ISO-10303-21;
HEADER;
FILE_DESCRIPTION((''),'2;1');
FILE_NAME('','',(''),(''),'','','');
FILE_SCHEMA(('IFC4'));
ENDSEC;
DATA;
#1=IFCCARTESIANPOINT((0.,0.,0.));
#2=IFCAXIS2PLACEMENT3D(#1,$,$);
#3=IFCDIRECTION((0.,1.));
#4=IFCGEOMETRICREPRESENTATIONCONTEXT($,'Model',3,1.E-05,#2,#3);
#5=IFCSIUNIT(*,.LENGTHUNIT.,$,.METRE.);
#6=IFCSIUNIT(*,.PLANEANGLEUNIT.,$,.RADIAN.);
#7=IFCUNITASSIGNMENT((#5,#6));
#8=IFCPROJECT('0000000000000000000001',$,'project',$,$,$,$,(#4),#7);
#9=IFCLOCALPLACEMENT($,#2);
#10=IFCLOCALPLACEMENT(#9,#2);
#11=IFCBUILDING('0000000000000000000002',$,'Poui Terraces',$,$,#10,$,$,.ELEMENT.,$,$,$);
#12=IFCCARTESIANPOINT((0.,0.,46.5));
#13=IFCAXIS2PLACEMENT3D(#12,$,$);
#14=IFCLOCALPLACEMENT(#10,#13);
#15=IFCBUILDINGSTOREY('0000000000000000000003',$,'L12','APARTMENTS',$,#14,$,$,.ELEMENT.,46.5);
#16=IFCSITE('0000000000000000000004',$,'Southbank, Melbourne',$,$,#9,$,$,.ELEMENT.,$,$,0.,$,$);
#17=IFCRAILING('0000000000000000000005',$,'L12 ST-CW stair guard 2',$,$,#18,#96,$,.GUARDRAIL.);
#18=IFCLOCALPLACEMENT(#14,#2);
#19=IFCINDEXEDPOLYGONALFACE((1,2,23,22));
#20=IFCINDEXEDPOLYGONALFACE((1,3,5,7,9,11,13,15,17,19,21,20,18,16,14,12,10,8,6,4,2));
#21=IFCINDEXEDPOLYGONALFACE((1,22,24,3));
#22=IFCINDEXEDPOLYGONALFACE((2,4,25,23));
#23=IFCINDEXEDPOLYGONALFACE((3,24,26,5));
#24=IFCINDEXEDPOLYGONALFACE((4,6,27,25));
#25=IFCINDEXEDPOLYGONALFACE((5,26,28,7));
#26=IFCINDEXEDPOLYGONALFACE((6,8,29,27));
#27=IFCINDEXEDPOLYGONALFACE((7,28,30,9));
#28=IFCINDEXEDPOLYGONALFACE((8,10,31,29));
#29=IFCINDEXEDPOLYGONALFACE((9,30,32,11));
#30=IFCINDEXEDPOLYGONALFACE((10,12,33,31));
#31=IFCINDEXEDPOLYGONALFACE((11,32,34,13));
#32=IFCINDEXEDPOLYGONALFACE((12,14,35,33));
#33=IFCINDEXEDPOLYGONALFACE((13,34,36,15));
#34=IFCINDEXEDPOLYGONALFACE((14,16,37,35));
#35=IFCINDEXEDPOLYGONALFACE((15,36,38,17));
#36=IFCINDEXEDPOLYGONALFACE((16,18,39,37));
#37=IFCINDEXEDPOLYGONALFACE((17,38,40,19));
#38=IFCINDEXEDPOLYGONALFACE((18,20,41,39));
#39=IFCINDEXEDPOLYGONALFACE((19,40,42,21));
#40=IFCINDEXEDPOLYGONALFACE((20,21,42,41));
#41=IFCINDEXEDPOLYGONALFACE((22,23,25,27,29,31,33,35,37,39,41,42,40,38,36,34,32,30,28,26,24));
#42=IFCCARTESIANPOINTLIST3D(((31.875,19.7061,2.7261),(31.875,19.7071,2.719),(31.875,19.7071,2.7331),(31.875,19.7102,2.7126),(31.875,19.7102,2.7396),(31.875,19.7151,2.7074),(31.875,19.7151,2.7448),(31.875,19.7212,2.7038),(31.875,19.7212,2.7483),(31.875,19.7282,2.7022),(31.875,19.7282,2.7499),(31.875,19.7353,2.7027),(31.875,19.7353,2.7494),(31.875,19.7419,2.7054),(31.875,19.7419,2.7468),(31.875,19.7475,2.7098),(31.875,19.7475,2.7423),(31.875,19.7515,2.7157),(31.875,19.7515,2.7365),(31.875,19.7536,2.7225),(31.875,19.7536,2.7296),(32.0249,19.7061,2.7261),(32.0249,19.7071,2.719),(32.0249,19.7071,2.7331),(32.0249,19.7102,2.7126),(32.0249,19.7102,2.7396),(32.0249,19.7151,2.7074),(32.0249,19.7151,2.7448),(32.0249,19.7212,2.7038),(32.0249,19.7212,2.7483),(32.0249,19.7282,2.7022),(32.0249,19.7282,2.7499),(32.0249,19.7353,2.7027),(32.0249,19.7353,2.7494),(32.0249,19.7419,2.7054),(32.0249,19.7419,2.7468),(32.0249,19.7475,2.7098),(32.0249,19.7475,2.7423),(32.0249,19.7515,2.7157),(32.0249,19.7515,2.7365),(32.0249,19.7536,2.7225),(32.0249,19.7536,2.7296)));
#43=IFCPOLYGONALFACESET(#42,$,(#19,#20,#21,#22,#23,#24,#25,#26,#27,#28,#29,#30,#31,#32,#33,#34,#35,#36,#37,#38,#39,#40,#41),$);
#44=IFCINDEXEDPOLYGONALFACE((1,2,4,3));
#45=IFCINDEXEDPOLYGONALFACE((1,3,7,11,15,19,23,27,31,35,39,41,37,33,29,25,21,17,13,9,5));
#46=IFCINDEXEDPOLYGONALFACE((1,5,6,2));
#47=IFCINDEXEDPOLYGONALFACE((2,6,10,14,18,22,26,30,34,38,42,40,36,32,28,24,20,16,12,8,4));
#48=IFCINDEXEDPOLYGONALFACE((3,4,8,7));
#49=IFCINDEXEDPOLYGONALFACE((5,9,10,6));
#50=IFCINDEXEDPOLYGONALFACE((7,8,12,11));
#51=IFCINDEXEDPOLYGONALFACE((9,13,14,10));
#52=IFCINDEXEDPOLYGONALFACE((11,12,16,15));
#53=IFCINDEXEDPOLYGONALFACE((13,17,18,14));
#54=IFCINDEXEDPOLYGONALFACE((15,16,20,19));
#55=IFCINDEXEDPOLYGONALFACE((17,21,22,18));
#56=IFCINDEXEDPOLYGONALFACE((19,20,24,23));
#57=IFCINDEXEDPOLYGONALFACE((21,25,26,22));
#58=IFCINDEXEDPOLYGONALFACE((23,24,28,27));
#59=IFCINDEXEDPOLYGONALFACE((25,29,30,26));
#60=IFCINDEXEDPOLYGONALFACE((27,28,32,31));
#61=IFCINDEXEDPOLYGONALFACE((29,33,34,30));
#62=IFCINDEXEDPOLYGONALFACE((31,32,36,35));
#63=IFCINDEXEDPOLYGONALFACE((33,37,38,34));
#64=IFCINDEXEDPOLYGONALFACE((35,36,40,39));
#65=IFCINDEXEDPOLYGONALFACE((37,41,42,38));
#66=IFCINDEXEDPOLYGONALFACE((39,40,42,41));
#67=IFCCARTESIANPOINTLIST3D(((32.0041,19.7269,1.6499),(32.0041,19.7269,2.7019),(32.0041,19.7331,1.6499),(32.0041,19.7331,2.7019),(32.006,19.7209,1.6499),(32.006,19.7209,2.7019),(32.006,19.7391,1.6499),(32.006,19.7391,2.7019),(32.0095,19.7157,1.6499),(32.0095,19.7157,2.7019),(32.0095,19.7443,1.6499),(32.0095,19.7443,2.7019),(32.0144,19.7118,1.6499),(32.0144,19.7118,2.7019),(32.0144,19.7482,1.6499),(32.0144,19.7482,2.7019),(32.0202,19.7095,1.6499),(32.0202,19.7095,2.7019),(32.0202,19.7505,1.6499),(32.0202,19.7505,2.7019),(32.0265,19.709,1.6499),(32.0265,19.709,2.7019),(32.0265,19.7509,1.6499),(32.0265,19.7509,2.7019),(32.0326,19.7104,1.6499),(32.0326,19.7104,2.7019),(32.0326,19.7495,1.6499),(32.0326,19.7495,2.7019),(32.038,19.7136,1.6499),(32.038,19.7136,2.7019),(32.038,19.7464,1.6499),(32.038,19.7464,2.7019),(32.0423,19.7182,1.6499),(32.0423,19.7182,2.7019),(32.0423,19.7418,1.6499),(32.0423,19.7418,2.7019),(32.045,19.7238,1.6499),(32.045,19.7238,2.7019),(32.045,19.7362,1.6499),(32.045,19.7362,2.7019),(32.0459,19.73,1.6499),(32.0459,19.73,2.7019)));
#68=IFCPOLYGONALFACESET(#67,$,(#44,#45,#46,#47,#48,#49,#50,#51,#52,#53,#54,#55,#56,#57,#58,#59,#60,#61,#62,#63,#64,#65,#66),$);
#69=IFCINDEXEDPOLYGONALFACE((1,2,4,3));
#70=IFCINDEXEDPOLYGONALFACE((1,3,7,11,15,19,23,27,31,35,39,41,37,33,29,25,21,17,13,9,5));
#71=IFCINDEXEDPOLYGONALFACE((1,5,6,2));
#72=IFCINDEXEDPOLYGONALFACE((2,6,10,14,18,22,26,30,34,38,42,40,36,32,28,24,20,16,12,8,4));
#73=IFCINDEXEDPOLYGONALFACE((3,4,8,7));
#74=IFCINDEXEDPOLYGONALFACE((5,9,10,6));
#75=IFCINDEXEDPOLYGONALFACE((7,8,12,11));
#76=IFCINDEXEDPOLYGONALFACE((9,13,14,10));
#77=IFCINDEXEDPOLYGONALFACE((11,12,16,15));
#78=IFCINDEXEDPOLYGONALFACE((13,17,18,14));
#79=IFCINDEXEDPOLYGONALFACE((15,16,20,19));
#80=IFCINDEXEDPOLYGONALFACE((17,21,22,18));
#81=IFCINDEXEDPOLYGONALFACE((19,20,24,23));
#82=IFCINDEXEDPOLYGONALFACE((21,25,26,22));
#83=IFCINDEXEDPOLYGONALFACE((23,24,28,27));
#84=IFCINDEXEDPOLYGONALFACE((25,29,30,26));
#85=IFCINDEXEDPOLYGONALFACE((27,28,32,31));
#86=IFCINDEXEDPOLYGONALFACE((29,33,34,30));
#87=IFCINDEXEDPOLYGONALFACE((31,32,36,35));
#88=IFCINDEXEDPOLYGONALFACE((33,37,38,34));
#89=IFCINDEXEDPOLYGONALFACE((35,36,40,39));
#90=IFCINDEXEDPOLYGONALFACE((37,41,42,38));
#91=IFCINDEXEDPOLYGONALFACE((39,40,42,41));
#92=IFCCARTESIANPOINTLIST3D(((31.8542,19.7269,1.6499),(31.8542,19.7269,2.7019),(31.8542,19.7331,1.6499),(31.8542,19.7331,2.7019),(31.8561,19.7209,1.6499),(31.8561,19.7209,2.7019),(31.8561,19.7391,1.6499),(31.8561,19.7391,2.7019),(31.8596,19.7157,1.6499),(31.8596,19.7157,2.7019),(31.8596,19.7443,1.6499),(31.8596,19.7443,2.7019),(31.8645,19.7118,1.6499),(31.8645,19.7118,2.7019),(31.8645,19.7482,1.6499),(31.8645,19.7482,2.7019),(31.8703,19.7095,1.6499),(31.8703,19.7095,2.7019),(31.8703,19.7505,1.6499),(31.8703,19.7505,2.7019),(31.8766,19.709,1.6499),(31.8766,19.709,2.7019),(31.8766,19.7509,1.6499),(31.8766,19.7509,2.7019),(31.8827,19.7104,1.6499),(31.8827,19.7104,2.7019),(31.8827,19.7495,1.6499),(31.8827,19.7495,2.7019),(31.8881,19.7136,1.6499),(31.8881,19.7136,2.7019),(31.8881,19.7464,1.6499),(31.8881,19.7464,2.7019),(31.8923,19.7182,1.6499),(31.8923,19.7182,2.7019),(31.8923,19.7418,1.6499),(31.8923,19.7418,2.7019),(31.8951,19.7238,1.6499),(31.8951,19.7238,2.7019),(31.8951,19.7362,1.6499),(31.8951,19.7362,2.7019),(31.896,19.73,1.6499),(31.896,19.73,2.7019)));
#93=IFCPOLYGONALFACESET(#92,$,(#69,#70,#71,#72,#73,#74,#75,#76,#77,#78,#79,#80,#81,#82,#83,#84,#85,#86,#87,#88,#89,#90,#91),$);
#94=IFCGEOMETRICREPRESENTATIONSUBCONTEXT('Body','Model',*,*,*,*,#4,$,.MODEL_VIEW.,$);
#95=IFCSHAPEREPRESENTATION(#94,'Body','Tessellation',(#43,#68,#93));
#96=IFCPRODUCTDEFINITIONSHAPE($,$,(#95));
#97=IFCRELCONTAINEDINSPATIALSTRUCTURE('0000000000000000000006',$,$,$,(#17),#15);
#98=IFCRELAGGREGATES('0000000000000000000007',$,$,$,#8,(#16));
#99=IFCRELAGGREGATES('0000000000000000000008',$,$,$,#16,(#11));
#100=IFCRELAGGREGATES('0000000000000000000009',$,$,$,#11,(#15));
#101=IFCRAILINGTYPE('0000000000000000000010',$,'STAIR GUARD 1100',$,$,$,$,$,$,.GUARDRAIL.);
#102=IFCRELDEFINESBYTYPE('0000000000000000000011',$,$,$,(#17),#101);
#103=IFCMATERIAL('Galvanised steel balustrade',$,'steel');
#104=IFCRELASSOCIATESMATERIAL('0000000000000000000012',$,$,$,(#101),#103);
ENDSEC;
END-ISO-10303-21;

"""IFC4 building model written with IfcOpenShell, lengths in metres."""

from ifc_helpers import new_model, si_unit, direction, frame, origin, origin_2d, place, context, subcontext, project, spatial, circle, extrude, material, type_object, element, save


model = new_model("IFC4")

# Units and contexts
model_context = context("Model", 3, precision=1e-05, world=origin(), true_north=direction((0.0, 1.0)))
body_context = subcontext(model_context, "Body", "Model", "MODEL_VIEW")
ifc_project = project(units=[si_unit("LENGTHUNIT", "METRE"), si_unit("PLANEANGLEUNIT", "RADIAN")], contexts=[model_context])

# Site, building, storey
site_placement = place(None, origin())
site = spatial("IfcSite", under=ifc_project, at=site_placement, Name="Southbank, Melbourne", CompositionType="ELEMENT", RefElevation=0.0)
building_placement = place(site_placement, origin())
building = spatial("IfcBuilding", under=site, at=building_placement, Name="Poui Terraces", CompositionType="ELEMENT")
storey_placement = place(building_placement, frame((0.0, 0.0, 46.5)))
storey = spatial("IfcBuildingStorey", under=building, at=storey_placement, Name="L12", Description="APARTMENTS", CompositionType="ELEMENT", Elevation=46.5)

# Railing
ifc_material_1 = material(Name="Galvanised steel balustrade", Category="steel")
railing_type_1 = type_object("IfcRailingType", Name="STAIR GUARD 1100", PredefinedType="GUARDRAIL", material=ifc_material_1)
railing_1_placement = place(storey_placement, frame((32.0249, 19.73, 1.6499)))
element("IfcRailing", 1, at=railing_1_placement, inside=storey, type_object=railing_type_1, Name="L12 ST-CW stair guard 2", PredefinedType="GUARDRAIL", context=body_context, shape_type="SweptSolid", body=[
    extrude(circle(Radius=0.0239, at=origin_2d()), frame((0.0, 0.0, 1.0762), z_axis=(-1.0, 0.0, 0.0), x_axis=(0.0, -1.0, 0.0)), (0.0, 0.0, 1.0), 0.1499),
    extrude(circle(Radius=0.021, at=origin_2d()), origin(), (0.0, 0.0, 1.0), 1.052),
    extrude(circle(Radius=0.021, at=origin_2d()), frame((-0.1499, 0.0, 0.0)), (0.0, 0.0, 1.0), 1.052),
])

save(model, "model.ifc")
